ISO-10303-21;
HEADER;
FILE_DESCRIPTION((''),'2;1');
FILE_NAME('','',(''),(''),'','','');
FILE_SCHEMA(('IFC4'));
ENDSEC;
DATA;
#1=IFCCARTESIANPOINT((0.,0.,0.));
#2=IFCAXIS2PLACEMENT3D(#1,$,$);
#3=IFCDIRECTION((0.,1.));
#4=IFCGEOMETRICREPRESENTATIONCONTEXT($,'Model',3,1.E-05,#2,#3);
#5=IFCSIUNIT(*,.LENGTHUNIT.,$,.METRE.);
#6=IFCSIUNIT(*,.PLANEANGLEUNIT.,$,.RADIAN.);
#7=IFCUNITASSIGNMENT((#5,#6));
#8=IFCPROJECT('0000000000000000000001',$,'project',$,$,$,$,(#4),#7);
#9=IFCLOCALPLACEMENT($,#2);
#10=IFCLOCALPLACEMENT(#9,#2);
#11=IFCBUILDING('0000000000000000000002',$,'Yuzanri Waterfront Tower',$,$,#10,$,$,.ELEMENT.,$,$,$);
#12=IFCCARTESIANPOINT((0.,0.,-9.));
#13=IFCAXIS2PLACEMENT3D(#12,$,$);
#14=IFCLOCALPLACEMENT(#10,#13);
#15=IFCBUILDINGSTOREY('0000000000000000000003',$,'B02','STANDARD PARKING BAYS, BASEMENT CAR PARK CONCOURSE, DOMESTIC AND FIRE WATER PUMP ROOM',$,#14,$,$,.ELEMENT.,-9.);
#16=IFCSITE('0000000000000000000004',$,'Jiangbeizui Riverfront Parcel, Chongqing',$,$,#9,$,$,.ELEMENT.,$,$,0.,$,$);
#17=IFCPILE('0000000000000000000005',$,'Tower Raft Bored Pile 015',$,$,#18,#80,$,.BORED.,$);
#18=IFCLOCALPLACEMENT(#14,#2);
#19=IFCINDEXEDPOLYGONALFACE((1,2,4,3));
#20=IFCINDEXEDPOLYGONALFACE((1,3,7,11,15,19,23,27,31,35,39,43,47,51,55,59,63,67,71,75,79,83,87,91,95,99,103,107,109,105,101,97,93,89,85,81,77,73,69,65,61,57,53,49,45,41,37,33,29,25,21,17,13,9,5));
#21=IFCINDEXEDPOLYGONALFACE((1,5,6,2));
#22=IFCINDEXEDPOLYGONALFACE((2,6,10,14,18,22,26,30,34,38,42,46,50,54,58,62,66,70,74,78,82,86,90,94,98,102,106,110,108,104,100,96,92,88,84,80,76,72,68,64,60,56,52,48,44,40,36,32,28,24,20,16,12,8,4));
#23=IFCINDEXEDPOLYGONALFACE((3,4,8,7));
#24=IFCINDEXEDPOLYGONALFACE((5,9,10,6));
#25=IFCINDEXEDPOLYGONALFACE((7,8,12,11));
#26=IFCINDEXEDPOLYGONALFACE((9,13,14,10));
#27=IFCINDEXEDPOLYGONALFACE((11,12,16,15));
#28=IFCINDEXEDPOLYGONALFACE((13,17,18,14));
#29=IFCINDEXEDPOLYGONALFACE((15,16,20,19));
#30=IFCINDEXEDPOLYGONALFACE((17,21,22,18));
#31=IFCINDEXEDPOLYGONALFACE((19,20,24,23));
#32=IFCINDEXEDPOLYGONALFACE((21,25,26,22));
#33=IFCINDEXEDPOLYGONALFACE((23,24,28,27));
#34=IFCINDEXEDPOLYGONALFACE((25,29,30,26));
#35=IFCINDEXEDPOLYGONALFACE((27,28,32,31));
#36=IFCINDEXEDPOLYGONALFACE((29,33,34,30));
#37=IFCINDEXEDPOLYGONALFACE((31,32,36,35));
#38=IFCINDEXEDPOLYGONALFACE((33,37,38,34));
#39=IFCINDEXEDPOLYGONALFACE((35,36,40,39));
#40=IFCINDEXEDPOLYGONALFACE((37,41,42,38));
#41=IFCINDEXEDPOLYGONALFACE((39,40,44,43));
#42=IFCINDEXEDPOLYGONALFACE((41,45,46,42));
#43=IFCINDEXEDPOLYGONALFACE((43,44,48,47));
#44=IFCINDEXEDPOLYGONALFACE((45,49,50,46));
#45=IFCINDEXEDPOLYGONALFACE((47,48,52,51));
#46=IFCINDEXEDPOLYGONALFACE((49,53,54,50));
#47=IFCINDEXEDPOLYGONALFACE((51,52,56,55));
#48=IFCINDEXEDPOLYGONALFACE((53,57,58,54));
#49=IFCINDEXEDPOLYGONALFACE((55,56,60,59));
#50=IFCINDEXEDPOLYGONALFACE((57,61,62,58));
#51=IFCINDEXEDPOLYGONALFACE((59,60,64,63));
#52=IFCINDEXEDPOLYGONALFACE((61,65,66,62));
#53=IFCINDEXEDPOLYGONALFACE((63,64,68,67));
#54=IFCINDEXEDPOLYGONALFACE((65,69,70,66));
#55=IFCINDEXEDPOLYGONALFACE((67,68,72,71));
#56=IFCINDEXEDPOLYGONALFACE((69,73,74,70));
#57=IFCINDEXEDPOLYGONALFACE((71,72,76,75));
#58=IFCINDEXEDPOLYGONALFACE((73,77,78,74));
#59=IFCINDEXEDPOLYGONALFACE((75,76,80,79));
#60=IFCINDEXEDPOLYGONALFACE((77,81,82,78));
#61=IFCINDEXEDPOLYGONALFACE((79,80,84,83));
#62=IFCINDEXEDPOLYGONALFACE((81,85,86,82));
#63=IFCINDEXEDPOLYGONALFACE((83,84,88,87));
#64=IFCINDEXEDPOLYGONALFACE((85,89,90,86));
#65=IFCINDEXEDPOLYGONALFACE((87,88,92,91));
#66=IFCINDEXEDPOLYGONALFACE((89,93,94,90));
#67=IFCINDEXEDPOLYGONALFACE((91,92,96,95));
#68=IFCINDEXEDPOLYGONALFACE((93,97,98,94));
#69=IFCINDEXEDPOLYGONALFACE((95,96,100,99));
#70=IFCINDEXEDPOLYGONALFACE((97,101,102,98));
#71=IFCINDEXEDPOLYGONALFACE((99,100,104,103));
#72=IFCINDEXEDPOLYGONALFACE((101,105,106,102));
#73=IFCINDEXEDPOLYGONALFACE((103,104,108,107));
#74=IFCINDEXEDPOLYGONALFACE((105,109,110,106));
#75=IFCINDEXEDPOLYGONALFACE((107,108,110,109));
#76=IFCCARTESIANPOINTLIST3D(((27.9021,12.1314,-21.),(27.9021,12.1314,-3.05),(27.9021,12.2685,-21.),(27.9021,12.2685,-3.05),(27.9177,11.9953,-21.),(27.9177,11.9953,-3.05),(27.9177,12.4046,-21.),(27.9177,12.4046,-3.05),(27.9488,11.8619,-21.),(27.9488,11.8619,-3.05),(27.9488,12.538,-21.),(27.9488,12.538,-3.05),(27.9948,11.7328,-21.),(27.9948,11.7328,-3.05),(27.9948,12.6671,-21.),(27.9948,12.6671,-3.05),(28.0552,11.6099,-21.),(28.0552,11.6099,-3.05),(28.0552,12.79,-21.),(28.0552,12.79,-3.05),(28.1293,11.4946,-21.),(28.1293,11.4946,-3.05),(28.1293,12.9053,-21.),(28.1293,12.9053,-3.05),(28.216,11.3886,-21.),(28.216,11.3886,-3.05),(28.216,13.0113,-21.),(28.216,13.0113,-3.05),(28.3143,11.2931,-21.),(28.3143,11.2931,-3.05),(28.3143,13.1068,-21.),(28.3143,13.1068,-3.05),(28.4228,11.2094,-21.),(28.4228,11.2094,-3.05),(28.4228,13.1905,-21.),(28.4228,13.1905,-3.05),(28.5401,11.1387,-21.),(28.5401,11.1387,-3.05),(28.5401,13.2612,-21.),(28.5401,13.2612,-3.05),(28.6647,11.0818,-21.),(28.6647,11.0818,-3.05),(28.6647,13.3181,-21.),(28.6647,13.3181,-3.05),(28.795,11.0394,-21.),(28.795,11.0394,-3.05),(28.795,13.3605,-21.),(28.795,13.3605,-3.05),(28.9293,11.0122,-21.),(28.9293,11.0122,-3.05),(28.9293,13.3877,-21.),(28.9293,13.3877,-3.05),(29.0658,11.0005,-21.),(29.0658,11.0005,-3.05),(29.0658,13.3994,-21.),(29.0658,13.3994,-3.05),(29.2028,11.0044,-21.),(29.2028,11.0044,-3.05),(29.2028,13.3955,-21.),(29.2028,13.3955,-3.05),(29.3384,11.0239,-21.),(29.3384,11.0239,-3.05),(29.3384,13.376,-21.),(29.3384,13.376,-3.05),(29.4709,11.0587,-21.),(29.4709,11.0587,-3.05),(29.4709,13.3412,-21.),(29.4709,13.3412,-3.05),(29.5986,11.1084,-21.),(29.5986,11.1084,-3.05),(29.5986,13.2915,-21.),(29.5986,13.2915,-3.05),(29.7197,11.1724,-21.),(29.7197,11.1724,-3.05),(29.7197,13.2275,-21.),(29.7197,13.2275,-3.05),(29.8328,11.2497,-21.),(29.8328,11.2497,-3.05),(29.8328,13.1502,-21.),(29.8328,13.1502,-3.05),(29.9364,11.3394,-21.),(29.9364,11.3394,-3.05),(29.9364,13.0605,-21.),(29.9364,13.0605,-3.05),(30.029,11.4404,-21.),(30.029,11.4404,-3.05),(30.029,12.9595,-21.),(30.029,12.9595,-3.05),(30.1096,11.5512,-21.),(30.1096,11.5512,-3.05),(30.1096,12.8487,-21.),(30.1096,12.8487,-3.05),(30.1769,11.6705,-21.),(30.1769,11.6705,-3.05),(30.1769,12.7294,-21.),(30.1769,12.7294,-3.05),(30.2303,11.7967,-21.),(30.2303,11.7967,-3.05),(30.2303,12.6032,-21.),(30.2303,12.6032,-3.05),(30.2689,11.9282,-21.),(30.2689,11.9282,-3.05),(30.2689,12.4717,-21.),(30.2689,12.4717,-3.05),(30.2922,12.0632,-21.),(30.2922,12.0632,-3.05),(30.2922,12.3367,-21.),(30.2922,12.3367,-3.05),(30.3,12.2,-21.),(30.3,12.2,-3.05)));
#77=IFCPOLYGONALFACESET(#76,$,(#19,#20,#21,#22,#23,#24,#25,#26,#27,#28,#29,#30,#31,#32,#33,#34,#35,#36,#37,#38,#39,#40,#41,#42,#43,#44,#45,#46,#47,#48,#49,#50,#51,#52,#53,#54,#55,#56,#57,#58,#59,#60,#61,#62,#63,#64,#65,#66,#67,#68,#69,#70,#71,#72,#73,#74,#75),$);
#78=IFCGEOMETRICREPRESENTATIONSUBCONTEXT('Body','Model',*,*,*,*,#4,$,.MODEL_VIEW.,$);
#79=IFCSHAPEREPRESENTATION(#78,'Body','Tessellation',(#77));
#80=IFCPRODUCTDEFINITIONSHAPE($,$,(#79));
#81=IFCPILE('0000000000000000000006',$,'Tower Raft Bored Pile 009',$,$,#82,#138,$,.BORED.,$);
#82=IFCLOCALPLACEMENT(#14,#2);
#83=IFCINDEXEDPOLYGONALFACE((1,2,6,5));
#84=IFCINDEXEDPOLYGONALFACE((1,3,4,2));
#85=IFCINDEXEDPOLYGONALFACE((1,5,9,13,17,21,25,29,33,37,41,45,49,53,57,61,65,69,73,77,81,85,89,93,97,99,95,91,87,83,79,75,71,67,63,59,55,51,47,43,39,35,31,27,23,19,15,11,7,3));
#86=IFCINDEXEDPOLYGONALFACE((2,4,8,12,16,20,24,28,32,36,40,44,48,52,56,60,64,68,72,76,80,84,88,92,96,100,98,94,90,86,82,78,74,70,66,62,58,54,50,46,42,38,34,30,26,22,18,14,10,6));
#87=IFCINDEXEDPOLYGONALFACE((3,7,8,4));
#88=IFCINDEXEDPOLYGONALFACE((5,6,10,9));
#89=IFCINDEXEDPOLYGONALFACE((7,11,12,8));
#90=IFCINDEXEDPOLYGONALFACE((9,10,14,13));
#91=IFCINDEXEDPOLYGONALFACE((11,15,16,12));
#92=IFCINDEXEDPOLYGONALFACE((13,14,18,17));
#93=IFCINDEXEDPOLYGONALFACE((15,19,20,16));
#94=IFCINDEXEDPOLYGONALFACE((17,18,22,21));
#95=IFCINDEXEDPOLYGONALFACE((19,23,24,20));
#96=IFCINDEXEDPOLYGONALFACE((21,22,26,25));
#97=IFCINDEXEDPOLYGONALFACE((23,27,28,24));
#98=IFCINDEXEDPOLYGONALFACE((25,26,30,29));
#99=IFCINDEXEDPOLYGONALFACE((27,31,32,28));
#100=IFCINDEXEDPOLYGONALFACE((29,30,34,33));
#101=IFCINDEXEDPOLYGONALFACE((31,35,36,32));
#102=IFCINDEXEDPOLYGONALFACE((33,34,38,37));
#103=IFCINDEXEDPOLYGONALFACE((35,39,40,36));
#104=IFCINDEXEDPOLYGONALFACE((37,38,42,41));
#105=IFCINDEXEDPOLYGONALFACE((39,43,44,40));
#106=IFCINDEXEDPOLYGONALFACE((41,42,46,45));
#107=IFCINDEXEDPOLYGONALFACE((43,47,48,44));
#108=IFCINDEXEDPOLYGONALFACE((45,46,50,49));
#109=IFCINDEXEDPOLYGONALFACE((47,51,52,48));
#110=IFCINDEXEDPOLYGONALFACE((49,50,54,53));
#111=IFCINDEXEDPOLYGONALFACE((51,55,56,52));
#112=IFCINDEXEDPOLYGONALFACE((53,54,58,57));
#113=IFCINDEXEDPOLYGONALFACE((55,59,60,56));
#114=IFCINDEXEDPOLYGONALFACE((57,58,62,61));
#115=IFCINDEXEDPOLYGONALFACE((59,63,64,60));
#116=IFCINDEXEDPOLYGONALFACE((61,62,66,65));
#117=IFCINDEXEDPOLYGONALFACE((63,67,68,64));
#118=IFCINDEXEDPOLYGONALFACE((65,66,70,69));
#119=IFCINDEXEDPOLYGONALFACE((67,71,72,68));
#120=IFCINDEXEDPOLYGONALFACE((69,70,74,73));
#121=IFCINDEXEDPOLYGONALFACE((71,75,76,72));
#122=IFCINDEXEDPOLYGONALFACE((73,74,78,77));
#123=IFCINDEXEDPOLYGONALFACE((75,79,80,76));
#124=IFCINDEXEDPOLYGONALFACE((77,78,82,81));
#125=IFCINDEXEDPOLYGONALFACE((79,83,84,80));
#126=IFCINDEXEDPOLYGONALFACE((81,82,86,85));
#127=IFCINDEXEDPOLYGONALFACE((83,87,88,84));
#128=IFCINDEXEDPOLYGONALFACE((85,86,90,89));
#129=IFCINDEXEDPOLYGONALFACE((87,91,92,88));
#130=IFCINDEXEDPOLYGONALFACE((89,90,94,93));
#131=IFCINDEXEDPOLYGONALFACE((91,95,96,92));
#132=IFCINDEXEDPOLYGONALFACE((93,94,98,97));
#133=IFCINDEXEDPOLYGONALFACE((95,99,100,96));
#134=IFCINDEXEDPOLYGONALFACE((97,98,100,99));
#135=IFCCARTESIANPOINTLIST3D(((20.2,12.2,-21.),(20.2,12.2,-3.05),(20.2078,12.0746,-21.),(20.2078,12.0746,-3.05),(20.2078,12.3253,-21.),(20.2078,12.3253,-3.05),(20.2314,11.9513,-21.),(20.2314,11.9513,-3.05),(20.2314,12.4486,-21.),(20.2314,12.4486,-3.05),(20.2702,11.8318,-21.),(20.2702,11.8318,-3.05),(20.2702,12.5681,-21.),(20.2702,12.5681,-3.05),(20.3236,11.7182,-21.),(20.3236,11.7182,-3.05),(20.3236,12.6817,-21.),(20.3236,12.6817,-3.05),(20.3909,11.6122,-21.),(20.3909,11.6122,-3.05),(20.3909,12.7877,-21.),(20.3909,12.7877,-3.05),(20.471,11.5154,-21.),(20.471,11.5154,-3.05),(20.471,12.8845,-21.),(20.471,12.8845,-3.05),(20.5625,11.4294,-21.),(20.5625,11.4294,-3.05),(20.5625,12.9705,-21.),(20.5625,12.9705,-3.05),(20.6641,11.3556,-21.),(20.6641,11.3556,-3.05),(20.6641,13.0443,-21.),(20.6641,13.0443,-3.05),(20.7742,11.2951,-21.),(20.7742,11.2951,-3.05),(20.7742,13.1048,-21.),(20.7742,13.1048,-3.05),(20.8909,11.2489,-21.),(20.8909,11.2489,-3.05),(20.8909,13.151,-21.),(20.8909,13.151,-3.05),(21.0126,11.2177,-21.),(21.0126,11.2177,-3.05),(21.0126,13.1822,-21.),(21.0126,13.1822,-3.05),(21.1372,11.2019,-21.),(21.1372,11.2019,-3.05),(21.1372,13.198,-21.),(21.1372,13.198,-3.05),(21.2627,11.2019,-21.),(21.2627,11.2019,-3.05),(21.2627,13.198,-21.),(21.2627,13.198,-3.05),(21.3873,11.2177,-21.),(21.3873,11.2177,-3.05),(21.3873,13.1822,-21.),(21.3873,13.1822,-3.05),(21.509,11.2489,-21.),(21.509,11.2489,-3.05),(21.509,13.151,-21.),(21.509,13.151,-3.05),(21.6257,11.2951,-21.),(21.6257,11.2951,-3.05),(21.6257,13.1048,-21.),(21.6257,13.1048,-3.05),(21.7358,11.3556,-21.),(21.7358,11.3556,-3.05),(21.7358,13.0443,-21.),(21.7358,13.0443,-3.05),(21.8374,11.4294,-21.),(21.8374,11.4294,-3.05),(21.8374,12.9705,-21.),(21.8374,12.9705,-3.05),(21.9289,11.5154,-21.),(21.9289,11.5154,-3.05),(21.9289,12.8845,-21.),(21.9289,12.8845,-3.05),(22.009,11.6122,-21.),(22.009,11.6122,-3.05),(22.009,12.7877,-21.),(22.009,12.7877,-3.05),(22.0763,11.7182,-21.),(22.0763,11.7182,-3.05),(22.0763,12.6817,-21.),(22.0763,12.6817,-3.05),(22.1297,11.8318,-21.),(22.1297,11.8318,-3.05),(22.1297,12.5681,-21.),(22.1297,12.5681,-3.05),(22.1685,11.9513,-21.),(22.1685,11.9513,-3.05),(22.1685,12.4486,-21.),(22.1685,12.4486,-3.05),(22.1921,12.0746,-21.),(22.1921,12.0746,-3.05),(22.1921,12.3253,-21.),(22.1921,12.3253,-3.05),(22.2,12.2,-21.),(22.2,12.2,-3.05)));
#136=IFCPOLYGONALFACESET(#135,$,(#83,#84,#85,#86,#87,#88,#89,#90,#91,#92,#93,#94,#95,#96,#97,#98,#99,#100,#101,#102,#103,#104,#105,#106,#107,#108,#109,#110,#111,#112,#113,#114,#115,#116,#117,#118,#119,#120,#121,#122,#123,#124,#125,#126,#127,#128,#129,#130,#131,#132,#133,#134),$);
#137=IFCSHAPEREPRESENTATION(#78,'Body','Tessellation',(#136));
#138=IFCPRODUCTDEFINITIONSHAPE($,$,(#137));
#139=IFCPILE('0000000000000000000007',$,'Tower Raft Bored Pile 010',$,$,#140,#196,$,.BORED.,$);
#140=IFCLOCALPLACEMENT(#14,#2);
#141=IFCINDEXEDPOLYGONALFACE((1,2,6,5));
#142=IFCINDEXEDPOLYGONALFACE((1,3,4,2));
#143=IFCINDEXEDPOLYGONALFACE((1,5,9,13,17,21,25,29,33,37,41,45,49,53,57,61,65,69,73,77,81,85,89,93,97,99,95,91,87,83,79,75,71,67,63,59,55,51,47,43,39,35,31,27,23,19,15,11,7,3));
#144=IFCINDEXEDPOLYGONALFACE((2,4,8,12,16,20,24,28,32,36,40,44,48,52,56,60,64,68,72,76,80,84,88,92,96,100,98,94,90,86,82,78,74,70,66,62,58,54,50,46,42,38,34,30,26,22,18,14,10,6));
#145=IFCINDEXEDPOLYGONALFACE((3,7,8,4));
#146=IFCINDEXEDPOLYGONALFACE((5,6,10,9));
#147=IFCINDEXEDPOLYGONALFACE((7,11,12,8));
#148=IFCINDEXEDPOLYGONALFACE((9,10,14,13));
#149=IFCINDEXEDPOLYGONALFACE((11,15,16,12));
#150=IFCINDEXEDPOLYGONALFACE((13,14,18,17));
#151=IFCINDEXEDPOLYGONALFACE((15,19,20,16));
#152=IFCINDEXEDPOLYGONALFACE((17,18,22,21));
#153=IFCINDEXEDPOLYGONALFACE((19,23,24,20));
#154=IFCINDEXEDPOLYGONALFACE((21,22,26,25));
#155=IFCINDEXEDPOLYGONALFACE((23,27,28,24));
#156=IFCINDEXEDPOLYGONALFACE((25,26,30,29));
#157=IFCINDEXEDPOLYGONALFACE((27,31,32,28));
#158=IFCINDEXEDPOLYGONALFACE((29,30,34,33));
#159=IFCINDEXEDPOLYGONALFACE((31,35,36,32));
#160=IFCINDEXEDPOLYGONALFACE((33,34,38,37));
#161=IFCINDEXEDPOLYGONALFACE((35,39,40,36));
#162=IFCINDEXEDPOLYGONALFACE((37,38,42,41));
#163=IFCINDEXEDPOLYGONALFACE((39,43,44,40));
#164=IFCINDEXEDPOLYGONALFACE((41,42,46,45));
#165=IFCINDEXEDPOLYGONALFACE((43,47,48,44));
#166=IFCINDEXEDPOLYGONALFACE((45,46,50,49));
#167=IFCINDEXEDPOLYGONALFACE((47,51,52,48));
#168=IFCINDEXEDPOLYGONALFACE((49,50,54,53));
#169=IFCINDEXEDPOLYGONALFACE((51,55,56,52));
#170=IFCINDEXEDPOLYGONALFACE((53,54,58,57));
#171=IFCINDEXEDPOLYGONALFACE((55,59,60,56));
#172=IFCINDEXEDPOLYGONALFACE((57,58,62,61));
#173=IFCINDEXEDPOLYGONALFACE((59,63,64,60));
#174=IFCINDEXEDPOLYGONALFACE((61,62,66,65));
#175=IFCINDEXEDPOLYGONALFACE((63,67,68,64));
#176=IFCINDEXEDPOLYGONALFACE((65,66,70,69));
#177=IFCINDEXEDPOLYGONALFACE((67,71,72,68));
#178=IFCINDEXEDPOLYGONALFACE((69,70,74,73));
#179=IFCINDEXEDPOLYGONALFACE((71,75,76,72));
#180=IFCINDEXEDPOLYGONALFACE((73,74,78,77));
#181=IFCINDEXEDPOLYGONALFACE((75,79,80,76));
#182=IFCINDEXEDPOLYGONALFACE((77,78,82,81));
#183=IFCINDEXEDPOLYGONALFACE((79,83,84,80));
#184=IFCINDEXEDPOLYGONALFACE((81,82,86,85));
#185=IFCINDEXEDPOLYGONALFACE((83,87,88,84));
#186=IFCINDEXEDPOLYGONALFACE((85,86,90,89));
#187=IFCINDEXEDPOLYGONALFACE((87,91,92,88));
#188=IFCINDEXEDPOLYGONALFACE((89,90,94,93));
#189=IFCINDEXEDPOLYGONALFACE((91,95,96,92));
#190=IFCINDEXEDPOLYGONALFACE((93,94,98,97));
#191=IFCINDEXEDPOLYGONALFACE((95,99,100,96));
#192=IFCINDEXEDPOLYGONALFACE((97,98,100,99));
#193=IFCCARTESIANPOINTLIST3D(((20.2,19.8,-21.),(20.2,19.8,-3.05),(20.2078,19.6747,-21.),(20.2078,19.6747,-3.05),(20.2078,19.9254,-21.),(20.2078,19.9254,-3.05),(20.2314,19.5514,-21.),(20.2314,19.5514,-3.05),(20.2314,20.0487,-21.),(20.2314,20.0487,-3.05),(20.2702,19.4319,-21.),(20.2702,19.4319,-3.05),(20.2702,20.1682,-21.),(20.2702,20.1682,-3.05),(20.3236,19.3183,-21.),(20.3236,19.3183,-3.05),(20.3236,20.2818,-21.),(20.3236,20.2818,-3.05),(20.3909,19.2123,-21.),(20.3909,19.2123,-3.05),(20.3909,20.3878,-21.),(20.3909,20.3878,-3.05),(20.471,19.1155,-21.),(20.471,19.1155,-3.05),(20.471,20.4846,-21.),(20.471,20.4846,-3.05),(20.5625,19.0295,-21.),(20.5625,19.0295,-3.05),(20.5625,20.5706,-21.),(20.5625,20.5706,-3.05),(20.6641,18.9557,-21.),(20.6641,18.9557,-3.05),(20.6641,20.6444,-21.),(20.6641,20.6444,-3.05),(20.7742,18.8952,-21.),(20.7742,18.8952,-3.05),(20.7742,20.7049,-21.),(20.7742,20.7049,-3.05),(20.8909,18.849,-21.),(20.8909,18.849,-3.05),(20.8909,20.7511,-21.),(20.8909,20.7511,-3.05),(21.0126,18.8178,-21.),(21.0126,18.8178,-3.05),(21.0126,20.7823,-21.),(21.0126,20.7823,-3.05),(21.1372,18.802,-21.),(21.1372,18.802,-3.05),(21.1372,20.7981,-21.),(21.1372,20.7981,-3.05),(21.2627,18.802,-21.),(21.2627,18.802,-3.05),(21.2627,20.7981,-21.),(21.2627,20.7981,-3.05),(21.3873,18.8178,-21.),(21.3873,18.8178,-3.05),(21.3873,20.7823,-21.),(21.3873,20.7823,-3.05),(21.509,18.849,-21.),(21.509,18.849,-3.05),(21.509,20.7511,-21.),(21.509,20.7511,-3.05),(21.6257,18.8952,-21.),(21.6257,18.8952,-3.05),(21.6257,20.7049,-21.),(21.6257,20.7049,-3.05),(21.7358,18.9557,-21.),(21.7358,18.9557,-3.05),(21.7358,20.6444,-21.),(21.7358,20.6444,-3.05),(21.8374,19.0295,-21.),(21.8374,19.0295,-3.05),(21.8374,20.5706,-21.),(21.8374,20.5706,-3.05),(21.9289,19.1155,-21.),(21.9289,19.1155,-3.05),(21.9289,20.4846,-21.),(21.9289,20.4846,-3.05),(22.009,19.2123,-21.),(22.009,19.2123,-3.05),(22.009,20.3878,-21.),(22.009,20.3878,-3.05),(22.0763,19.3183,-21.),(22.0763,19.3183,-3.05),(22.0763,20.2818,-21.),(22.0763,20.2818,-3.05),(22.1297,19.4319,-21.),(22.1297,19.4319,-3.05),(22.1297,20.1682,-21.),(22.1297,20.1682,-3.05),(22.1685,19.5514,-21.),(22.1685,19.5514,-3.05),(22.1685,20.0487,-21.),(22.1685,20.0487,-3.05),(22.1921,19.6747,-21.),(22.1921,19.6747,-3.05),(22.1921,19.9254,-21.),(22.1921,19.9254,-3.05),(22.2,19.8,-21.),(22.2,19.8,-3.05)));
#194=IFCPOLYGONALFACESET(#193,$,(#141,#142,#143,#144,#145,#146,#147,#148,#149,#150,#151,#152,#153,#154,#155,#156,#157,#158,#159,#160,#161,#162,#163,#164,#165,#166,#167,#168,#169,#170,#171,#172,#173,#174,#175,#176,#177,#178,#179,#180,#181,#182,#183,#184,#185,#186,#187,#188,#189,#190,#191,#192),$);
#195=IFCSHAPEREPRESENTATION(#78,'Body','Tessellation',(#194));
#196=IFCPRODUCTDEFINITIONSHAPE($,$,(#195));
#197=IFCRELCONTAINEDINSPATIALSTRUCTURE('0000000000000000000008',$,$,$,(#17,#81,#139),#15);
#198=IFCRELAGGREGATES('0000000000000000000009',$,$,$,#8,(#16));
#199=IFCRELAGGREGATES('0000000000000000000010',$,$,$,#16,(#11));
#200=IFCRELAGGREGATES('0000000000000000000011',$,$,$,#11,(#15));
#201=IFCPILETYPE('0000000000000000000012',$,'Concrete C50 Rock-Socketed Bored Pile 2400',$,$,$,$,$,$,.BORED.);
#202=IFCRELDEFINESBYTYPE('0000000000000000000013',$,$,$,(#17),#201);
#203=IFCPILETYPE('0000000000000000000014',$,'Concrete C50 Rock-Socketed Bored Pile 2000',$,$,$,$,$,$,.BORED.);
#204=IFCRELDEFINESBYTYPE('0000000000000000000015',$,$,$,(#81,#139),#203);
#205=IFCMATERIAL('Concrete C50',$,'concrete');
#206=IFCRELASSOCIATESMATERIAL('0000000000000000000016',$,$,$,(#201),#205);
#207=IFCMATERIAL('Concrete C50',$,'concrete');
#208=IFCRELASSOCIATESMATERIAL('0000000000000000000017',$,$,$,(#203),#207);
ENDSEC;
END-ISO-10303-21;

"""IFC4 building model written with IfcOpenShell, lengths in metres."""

from ifc_helpers import new_model, si_unit, direction, frame, origin, origin_2d, place, context, subcontext, project, spatial, circle, extrude, source, transform, mapped, material, material_profile, profile_set, type_object, element, save


model = new_model("IFC4")

# Units and contexts
model_context = context("Model", 3, precision=1e-05, world=origin(), true_north=direction((0.0, 1.0)))
body_context = subcontext(model_context, "Body", "Model", "MODEL_VIEW")
ifc_project = project(units=[si_unit("LENGTHUNIT", "METRE"), si_unit("PLANEANGLEUNIT", "RADIAN")], contexts=[model_context])

# Site, building, storey
site_placement = place(None, origin())
site = spatial("IfcSite", under=ifc_project, at=site_placement, Name="Jiangbeizui Riverfront Parcel, Chongqing", CompositionType="ELEMENT", RefElevation=0.0)
building_placement = place(site_placement, origin())
building = spatial("IfcBuilding", under=site, at=building_placement, Name="Yuzanri Waterfront Tower", CompositionType="ELEMENT")
storey_placement = place(building_placement, frame((0.0, 0.0, -9.0)))
storey = spatial("IfcBuildingStorey", under=building, at=storey_placement, Name="B02", Description="STANDARD PARKING BAYS, BASEMENT CAR PARK CONCOURSE, DOMESTIC AND FIRE WATER PUMP ROOM", CompositionType="ELEMENT", Elevation=-9.0)

# Piles
ifc_material_1 = material(Name="Concrete C50", Category="concrete")
ifc_material_profile_1 = material_profile(ifc_material_1, circle(Radius=1.2, at=origin_2d()), Name="PILE D2400")
ifc_profile_set_1 = profile_set([ifc_material_profile_1], Name="Concrete C50")
pile_type_1 = type_object("IfcPileType", Name="Concrete C50 Rock-Socketed Bored Pile 2400", PredefinedType="BORED", material=ifc_profile_set_1)
shared_shape_1 = source(origin(), body_context, "Body", "SweptSolid", [
    extrude(circle(Radius=1.2, at=origin_2d()), origin(), (0.0, 0.0, 1.0), 17.95),
])
pile_placement = place(storey_placement, frame((29.1001, 12.2, -3.05), z_axis=(0.0, 0.0, -1.0), x_axis=(1.0, 0.0, 0.0)))
element("IfcPile", 1, at=pile_placement, inside=storey, type_object=pile_type_1, Name="Tower Raft Bored Pile 015", PredefinedType="BORED", context=body_context, shape_type="MappedRepresentation", body=[
    mapped(shared_shape_1, transform((0.0, 0.0, 0.0), scale=1.0)),
])
ifc_material_2 = material(Name="Concrete C50", Category="concrete")
ifc_material_profile_2 = material_profile(ifc_material_2, circle(Radius=1.0, at=origin_2d()), Name="PILE D2000")
ifc_profile_set_2 = profile_set([ifc_material_profile_2], Name="Concrete C50")
pile_type_2 = type_object("IfcPileType", Name="Concrete C50 Rock-Socketed Bored Pile 2000", PredefinedType="BORED", material=ifc_profile_set_2)
shared_shape_2 = source(origin(), body_context, "Body", "SweptSolid", [
    extrude(circle(Radius=1.0, at=origin_2d()), origin(), (0.0, 0.0, 1.0), 17.95),
])
for number, where, z_axis, x_axis, name in (
    (2, (21.2, 12.2, -3.05), (0.0, 0.0, -1.0), (1.0, 0.0, 0.0), "Tower Raft Bored Pile 009"),
    (3, (21.2, 19.8, -3.05), (0.0, 0.0, -1.0), (1.0, 0.0, 0.0), "Tower Raft Bored Pile 010"),
):
    element("IfcPile", number, at=place(storey_placement, frame(where, z_axis=z_axis, x_axis=x_axis)), inside=storey, type_object=pile_type_2, Name=name, PredefinedType="BORED", context=body_context, shape_type="MappedRepresentation", body=[
        mapped(shared_shape_2, transform((0.0, 0.0, 0.0), scale=1.0)),
    ])

save(model, "model.ifc")
